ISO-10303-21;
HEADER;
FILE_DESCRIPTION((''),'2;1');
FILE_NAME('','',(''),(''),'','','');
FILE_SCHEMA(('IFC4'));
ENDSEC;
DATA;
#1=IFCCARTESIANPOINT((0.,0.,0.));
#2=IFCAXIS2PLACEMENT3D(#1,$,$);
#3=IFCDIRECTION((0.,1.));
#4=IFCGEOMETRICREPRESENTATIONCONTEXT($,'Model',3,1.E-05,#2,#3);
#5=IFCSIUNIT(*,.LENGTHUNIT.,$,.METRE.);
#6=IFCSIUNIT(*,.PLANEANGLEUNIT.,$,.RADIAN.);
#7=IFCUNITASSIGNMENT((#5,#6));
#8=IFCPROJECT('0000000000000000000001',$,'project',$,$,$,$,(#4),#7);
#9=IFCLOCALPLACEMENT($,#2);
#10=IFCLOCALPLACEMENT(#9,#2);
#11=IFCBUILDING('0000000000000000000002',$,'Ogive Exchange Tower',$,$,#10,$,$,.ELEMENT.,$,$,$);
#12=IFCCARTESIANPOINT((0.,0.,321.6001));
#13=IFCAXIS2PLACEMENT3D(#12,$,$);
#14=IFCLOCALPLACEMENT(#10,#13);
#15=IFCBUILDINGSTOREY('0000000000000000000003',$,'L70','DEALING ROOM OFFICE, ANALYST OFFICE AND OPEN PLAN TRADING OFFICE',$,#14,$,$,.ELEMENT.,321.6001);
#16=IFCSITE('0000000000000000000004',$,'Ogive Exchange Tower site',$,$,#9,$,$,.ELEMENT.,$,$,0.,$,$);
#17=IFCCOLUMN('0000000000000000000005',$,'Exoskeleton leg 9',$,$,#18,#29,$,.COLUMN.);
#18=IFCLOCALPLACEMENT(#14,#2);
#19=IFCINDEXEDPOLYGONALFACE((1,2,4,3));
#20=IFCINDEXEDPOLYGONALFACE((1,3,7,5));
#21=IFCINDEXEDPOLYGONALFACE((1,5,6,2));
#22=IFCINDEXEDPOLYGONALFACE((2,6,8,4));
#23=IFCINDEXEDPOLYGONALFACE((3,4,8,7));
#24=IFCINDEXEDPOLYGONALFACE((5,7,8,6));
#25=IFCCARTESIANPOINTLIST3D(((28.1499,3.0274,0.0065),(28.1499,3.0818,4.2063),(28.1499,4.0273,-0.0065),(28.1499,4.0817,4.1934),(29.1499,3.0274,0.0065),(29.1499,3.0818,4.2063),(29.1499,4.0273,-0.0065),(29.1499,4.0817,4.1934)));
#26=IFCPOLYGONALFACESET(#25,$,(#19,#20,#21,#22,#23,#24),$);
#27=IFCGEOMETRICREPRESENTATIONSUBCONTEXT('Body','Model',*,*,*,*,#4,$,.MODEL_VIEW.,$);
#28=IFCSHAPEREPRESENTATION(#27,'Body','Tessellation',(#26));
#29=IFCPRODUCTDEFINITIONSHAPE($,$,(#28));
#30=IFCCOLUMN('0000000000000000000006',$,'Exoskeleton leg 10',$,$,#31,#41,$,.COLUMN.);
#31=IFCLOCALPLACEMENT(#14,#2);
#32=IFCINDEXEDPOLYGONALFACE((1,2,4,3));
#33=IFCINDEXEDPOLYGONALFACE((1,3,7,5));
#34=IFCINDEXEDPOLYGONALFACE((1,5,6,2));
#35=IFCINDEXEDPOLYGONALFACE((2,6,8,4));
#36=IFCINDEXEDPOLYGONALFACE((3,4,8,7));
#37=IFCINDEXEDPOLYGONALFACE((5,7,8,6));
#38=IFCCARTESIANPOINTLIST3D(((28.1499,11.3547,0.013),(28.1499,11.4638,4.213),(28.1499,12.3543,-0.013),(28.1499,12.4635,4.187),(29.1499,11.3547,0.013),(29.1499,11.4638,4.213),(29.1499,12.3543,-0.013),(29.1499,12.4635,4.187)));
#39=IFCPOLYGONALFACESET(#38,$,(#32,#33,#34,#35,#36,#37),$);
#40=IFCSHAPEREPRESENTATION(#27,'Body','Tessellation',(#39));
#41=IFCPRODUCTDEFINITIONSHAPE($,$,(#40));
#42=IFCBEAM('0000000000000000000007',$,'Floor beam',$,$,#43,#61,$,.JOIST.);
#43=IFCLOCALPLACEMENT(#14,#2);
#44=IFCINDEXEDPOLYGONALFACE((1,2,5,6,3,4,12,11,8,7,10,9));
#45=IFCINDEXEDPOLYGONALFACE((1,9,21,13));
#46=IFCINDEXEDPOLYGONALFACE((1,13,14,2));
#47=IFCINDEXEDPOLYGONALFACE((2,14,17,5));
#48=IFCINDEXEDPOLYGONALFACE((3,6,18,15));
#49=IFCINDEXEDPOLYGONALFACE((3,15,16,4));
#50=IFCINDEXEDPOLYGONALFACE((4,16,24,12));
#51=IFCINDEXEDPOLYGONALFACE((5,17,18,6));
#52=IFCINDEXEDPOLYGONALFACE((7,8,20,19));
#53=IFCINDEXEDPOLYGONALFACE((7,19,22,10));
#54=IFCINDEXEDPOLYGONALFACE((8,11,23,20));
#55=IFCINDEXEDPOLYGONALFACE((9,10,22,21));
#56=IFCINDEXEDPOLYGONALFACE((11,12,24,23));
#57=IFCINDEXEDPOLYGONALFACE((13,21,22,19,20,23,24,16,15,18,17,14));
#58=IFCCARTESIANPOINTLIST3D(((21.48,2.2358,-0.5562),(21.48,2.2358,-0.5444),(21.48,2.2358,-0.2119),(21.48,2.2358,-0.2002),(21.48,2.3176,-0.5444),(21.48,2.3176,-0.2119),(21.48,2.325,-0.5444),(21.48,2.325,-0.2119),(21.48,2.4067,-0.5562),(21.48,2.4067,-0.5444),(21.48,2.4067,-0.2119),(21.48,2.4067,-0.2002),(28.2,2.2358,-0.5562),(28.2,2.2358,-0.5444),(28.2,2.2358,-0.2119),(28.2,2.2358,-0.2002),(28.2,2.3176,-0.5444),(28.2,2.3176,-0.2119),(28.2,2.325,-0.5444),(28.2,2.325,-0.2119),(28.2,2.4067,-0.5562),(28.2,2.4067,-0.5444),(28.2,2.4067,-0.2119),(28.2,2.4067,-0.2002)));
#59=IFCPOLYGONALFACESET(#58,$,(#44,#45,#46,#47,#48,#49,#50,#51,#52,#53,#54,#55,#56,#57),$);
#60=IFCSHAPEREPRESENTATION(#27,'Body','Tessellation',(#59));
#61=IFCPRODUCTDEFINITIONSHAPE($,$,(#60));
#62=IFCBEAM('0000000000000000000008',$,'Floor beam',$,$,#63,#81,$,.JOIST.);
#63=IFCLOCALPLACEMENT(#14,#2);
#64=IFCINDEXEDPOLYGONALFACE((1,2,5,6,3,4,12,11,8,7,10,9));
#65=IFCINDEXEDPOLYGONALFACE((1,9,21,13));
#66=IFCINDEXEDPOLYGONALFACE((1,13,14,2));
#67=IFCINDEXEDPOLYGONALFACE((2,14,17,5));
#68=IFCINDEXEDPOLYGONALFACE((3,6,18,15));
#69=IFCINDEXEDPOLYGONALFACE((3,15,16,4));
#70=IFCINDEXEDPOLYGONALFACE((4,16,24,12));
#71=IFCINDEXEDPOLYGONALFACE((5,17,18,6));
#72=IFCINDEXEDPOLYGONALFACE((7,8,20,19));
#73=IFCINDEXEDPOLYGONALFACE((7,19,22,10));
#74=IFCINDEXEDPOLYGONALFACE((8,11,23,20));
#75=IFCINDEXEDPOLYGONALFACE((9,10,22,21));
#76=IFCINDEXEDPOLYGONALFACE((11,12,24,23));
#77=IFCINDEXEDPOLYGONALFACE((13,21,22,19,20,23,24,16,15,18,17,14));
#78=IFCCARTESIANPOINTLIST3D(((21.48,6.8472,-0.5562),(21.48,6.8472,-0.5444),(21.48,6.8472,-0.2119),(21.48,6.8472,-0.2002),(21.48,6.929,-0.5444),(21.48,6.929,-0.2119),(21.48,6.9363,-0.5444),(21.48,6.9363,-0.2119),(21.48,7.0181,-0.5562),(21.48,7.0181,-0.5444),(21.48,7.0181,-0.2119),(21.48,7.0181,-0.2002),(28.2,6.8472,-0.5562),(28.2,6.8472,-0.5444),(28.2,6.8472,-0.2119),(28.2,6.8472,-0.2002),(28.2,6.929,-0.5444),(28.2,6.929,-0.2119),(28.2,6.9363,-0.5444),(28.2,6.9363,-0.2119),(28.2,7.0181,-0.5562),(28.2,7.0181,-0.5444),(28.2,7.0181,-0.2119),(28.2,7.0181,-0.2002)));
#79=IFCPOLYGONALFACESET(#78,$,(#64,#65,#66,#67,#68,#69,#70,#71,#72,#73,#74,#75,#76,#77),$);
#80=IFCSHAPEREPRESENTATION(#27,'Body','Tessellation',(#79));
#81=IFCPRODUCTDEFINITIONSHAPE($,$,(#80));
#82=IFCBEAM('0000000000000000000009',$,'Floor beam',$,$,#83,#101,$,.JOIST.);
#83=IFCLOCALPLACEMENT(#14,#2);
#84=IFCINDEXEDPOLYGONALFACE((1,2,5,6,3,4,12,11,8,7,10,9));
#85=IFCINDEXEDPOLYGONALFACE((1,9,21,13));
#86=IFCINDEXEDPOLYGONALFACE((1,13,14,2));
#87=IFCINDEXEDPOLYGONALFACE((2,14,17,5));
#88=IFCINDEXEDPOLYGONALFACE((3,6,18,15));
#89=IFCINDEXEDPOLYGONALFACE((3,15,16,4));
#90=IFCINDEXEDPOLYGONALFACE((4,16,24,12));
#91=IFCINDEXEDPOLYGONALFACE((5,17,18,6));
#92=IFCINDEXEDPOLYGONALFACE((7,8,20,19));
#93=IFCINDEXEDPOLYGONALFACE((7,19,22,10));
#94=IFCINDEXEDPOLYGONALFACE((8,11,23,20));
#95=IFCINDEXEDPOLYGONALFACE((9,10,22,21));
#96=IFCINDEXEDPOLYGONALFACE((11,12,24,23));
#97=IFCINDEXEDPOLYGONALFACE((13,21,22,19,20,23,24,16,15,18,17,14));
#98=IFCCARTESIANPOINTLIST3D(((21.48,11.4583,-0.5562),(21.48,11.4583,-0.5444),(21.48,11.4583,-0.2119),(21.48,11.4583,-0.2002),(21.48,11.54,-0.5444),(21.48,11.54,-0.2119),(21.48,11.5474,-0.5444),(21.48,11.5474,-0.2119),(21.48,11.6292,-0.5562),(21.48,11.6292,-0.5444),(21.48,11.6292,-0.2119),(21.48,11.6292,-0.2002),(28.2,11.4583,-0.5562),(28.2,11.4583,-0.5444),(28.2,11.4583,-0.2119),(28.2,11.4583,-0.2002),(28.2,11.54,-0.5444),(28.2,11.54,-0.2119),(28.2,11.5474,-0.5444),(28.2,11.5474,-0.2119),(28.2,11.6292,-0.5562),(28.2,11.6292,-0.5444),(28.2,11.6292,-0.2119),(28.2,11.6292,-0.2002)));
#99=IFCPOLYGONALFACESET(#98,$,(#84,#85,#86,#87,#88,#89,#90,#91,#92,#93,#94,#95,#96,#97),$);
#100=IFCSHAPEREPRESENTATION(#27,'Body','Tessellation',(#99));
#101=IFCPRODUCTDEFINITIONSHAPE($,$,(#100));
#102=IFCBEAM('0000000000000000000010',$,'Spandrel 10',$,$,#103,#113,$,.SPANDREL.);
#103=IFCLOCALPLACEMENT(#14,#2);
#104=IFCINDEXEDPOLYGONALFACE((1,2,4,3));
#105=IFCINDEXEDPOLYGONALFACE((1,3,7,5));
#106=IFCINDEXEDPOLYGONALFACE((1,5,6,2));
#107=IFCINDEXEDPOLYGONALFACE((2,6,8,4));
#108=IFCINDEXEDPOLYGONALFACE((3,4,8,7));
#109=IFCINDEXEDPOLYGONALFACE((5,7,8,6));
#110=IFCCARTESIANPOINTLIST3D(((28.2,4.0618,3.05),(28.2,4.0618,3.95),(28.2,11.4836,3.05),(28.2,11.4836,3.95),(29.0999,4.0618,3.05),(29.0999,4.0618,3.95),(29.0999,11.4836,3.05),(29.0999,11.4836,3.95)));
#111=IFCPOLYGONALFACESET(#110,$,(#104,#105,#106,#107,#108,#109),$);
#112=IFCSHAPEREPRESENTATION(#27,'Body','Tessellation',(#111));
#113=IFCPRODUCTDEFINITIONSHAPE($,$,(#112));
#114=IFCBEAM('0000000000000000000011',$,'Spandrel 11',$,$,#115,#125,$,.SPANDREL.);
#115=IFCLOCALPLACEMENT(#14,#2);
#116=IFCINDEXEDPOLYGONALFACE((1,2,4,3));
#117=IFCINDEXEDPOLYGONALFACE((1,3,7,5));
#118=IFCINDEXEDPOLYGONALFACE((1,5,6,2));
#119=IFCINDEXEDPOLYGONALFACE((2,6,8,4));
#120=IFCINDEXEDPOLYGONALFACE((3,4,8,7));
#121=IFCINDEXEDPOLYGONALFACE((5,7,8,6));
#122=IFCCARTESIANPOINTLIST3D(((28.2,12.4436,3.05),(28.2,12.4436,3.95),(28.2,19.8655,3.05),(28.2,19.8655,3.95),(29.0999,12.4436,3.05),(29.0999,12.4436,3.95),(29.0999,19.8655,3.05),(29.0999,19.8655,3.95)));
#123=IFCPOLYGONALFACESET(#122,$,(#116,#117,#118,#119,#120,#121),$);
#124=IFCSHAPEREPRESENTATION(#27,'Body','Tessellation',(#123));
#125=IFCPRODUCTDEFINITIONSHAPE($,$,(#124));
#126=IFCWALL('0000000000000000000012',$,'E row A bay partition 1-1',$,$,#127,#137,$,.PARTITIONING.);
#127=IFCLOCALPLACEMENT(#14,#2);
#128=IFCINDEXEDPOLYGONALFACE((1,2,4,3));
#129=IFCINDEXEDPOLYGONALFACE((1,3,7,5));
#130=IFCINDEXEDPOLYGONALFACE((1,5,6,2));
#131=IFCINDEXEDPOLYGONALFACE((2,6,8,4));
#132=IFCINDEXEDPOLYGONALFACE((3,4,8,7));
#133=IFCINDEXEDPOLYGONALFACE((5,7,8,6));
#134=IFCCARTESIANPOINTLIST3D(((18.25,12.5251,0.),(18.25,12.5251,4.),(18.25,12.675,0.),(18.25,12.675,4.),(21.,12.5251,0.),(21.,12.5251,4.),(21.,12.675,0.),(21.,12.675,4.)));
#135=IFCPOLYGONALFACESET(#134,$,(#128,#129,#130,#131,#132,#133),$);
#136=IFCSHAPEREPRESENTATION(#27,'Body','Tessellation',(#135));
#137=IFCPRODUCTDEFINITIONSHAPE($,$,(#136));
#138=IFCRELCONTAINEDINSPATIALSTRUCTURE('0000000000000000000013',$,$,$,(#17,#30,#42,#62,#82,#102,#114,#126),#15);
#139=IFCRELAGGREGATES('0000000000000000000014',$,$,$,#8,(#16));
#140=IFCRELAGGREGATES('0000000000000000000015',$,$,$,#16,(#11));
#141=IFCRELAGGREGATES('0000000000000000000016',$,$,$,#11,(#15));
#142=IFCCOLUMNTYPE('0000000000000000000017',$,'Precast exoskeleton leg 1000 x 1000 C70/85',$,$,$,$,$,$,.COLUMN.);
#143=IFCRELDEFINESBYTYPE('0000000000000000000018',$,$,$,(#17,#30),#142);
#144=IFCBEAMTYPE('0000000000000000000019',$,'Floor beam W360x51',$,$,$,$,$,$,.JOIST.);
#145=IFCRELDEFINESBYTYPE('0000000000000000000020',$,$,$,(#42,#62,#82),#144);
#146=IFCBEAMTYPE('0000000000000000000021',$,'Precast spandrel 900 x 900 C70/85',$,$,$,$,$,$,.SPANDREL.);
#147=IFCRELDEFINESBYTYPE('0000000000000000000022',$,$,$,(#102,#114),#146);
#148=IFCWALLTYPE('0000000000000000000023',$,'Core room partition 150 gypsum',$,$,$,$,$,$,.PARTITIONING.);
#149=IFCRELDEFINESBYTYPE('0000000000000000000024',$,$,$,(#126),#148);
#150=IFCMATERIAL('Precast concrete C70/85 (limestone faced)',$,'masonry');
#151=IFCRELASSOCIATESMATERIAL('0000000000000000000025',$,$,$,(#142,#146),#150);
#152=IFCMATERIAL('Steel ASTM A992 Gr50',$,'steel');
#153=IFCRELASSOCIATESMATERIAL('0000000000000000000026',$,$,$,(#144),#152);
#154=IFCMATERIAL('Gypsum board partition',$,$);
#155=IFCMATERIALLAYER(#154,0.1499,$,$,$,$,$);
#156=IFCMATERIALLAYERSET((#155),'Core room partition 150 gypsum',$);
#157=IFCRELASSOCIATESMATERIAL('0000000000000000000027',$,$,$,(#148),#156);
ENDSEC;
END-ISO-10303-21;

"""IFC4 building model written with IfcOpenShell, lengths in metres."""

from ifc_helpers import new_model, si_unit, direction, frame, frame_2d, origin, origin_2d, place, context, subcontext, project, spatial, rectangle, i_section, extrude, material, layer, layer_set, material_profile, profile_set, type_object, element, save


model = new_model("IFC4")

# Units and contexts
model_context = context("Model", 3, precision=1e-05, world=origin(), true_north=direction((0.0, 1.0)))
body_context = subcontext(model_context, "Body", "Model", "MODEL_VIEW")
ifc_project = project(units=[si_unit("LENGTHUNIT", "METRE"), si_unit("PLANEANGLEUNIT", "RADIAN")], contexts=[model_context])

# Site, building, storey
site_placement = place(None, origin())
site = spatial("IfcSite", under=ifc_project, at=site_placement, Name="Ogive Exchange Tower site", CompositionType="ELEMENT", RefElevation=0.0)
building_placement = place(site_placement, origin())
building = spatial("IfcBuilding", under=site, at=building_placement, Name="Ogive Exchange Tower", CompositionType="ELEMENT")
storey_placement = place(building_placement, frame((0.0, 0.0, 321.6001)))
storey = spatial("IfcBuildingStorey", under=building, at=storey_placement, Name="L70", Description="DEALING ROOM OFFICE, ANALYST OFFICE AND OPEN PLAN TRADING OFFICE", CompositionType="ELEMENT", Elevation=321.6001)

# Columns
ifc_material_1 = material(Name="Precast concrete C70/85 (limestone faced)", Category="masonry")
ifc_material_profile_1 = material_profile(ifc_material_1, rectangle(XDim=1.0, YDim=1.0, at=origin_2d()), Name="1000 x 1000")
ifc_profile_set_1 = profile_set([ifc_material_profile_1], Name="Precast concrete C70/85 (limestone faced)")
column_type = type_object("IfcColumnType", Name="Precast exoskeleton leg 1000 x 1000 C70/85", PredefinedType="COLUMN", material=ifc_profile_set_1)
column_1_placement = place(storey_placement, frame((28.6499, 3.5273, 0.0), z_axis=(0.0, 0.012962, 0.999916), x_axis=(-1.0, 0.0, 0.0)))
element("IfcColumn", 1, at=column_1_placement, inside=storey, type_object=column_type, Name="Exoskeleton leg 9", PredefinedType="COLUMN", context=body_context, shape_type="SweptSolid", body=[
    extrude(rectangle(XDim=1.0, YDim=1.0, at=origin_2d()), origin(), (0.0, 0.0, 1.0), 4.2002),
])
column_2_placement = place(storey_placement, frame((28.6499, 11.8545, 0.0), z_axis=(0.0, 0.025975, 0.999663), x_axis=(-1.0, 0.0, 0.0)))
element("IfcColumn", 2, at=column_2_placement, inside=storey, type_object=column_type, Name="Exoskeleton leg 10", PredefinedType="COLUMN", context=body_context, shape_type="SweptSolid", body=[
    extrude(rectangle(XDim=1.0, YDim=1.0, at=origin_2d()), origin(), (0.0, 0.0, 1.0), 4.2014),
])

# Beams
ifc_material_2 = material(Name="Steel ASTM A992 Gr50", Category="steel")
ifc_material_profile_2 = material_profile(ifc_material_2, i_section(OverallWidth=0.1709, OverallDepth=0.356, WebThickness=0.0073, FlangeThickness=0.0117, at=origin_2d()), Name="W360x51")
ifc_profile_set_2 = profile_set([ifc_material_profile_2], Name="Steel ASTM A992 Gr50")
beam_type_1 = type_object("IfcBeamType", Name="Floor beam W360x51", PredefinedType="JOIST", material=ifc_profile_set_2)
for number, where, z_axis, x_axis, name in (
    (3, (21.48, 2.3213, -0.3782), (1.0, 0.0, 0.0), (0.0, 1.0, 0.0), "Floor beam"),
    (4, (21.48, 6.9326, -0.3782), (1.0, 0.0, 0.0), (0.0, 1.0, 0.0), "Floor beam"),
    (5, (21.48, 11.5437, -0.3782), (1.0, 0.0, 0.0), (0.0, 1.0, 0.0), "Floor beam"),
):
    element("IfcBeam", number, at=place(storey_placement, frame(where, z_axis=z_axis, x_axis=x_axis)), inside=storey, type_object=beam_type_1, Name=name, PredefinedType="JOIST", context=body_context, shape_type="SweptSolid", body=[
        extrude(i_section(OverallWidth=0.1709, OverallDepth=0.356, WebThickness=0.0073, FlangeThickness=0.0117, at=origin_2d()), origin(), (0.0, 0.0, 1.0), 6.72),
    ])
ifc_material_profile_3 = material_profile(ifc_material_1, rectangle(XDim=0.8999, YDim=0.8999, at=origin_2d()), Name="900 x 900")
ifc_profile_set_3 = profile_set([ifc_material_profile_3], Name="Precast concrete C70/85 (limestone faced)")
beam_type_2 = type_object("IfcBeamType", Name="Precast spandrel 900 x 900 C70/85", PredefinedType="SPANDREL", material=ifc_profile_set_3)
for number, where, z_axis, x_axis, name in (
    (6, (28.6499, 4.0618, 3.5), (0.0, 1.0, 0.0), (-1.0, 0.0, 0.0), "Spandrel 10"),
    (7, (28.6499, 12.4436, 3.5), (0.0, 1.0, 0.0), (-1.0, 0.0, 0.0), "Spandrel 11"),
):
    element("IfcBeam", number, at=place(storey_placement, frame(where, z_axis=z_axis, x_axis=x_axis)), inside=storey, type_object=beam_type_2, Name=name, PredefinedType="SPANDREL", context=body_context, shape_type="SweptSolid", body=[
        extrude(rectangle(XDim=0.8999, YDim=0.8999, at=origin_2d()), origin(), (0.0, 0.0, 1.0), 7.4219),
    ])

# Wall
ifc_material_3 = material(Name="Gypsum board partition")
ifc_layer_1 = layer(ifc_material_3, 0.1499)
ifc_layer_set_1 = layer_set([ifc_layer_1], Name="Core room partition 150 gypsum")
wall_type_1 = type_object("IfcWallType", Name="Core room partition 150 gypsum", PredefinedType="PARTITIONING", material=ifc_layer_set_1)
wall_1_placement = place(storey_placement, frame((18.25, 12.6001, 0.0), z_axis=(0.0, 0.0, 1.0), x_axis=(1.0, 0.0, 0.0)))
element("IfcWall", 8, at=wall_1_placement, inside=storey, type_object=wall_type_1, Name="E row A bay partition 1-1", PredefinedType="PARTITIONING", context=body_context, shape_type="SweptSolid", body=[
    extrude(rectangle(XDim=2.75, YDim=0.1499, at=frame_2d((1.375, 0.0))), origin(), (0.0, 0.0, 1.0), 4.0),
])

save(model, "model.ifc")
